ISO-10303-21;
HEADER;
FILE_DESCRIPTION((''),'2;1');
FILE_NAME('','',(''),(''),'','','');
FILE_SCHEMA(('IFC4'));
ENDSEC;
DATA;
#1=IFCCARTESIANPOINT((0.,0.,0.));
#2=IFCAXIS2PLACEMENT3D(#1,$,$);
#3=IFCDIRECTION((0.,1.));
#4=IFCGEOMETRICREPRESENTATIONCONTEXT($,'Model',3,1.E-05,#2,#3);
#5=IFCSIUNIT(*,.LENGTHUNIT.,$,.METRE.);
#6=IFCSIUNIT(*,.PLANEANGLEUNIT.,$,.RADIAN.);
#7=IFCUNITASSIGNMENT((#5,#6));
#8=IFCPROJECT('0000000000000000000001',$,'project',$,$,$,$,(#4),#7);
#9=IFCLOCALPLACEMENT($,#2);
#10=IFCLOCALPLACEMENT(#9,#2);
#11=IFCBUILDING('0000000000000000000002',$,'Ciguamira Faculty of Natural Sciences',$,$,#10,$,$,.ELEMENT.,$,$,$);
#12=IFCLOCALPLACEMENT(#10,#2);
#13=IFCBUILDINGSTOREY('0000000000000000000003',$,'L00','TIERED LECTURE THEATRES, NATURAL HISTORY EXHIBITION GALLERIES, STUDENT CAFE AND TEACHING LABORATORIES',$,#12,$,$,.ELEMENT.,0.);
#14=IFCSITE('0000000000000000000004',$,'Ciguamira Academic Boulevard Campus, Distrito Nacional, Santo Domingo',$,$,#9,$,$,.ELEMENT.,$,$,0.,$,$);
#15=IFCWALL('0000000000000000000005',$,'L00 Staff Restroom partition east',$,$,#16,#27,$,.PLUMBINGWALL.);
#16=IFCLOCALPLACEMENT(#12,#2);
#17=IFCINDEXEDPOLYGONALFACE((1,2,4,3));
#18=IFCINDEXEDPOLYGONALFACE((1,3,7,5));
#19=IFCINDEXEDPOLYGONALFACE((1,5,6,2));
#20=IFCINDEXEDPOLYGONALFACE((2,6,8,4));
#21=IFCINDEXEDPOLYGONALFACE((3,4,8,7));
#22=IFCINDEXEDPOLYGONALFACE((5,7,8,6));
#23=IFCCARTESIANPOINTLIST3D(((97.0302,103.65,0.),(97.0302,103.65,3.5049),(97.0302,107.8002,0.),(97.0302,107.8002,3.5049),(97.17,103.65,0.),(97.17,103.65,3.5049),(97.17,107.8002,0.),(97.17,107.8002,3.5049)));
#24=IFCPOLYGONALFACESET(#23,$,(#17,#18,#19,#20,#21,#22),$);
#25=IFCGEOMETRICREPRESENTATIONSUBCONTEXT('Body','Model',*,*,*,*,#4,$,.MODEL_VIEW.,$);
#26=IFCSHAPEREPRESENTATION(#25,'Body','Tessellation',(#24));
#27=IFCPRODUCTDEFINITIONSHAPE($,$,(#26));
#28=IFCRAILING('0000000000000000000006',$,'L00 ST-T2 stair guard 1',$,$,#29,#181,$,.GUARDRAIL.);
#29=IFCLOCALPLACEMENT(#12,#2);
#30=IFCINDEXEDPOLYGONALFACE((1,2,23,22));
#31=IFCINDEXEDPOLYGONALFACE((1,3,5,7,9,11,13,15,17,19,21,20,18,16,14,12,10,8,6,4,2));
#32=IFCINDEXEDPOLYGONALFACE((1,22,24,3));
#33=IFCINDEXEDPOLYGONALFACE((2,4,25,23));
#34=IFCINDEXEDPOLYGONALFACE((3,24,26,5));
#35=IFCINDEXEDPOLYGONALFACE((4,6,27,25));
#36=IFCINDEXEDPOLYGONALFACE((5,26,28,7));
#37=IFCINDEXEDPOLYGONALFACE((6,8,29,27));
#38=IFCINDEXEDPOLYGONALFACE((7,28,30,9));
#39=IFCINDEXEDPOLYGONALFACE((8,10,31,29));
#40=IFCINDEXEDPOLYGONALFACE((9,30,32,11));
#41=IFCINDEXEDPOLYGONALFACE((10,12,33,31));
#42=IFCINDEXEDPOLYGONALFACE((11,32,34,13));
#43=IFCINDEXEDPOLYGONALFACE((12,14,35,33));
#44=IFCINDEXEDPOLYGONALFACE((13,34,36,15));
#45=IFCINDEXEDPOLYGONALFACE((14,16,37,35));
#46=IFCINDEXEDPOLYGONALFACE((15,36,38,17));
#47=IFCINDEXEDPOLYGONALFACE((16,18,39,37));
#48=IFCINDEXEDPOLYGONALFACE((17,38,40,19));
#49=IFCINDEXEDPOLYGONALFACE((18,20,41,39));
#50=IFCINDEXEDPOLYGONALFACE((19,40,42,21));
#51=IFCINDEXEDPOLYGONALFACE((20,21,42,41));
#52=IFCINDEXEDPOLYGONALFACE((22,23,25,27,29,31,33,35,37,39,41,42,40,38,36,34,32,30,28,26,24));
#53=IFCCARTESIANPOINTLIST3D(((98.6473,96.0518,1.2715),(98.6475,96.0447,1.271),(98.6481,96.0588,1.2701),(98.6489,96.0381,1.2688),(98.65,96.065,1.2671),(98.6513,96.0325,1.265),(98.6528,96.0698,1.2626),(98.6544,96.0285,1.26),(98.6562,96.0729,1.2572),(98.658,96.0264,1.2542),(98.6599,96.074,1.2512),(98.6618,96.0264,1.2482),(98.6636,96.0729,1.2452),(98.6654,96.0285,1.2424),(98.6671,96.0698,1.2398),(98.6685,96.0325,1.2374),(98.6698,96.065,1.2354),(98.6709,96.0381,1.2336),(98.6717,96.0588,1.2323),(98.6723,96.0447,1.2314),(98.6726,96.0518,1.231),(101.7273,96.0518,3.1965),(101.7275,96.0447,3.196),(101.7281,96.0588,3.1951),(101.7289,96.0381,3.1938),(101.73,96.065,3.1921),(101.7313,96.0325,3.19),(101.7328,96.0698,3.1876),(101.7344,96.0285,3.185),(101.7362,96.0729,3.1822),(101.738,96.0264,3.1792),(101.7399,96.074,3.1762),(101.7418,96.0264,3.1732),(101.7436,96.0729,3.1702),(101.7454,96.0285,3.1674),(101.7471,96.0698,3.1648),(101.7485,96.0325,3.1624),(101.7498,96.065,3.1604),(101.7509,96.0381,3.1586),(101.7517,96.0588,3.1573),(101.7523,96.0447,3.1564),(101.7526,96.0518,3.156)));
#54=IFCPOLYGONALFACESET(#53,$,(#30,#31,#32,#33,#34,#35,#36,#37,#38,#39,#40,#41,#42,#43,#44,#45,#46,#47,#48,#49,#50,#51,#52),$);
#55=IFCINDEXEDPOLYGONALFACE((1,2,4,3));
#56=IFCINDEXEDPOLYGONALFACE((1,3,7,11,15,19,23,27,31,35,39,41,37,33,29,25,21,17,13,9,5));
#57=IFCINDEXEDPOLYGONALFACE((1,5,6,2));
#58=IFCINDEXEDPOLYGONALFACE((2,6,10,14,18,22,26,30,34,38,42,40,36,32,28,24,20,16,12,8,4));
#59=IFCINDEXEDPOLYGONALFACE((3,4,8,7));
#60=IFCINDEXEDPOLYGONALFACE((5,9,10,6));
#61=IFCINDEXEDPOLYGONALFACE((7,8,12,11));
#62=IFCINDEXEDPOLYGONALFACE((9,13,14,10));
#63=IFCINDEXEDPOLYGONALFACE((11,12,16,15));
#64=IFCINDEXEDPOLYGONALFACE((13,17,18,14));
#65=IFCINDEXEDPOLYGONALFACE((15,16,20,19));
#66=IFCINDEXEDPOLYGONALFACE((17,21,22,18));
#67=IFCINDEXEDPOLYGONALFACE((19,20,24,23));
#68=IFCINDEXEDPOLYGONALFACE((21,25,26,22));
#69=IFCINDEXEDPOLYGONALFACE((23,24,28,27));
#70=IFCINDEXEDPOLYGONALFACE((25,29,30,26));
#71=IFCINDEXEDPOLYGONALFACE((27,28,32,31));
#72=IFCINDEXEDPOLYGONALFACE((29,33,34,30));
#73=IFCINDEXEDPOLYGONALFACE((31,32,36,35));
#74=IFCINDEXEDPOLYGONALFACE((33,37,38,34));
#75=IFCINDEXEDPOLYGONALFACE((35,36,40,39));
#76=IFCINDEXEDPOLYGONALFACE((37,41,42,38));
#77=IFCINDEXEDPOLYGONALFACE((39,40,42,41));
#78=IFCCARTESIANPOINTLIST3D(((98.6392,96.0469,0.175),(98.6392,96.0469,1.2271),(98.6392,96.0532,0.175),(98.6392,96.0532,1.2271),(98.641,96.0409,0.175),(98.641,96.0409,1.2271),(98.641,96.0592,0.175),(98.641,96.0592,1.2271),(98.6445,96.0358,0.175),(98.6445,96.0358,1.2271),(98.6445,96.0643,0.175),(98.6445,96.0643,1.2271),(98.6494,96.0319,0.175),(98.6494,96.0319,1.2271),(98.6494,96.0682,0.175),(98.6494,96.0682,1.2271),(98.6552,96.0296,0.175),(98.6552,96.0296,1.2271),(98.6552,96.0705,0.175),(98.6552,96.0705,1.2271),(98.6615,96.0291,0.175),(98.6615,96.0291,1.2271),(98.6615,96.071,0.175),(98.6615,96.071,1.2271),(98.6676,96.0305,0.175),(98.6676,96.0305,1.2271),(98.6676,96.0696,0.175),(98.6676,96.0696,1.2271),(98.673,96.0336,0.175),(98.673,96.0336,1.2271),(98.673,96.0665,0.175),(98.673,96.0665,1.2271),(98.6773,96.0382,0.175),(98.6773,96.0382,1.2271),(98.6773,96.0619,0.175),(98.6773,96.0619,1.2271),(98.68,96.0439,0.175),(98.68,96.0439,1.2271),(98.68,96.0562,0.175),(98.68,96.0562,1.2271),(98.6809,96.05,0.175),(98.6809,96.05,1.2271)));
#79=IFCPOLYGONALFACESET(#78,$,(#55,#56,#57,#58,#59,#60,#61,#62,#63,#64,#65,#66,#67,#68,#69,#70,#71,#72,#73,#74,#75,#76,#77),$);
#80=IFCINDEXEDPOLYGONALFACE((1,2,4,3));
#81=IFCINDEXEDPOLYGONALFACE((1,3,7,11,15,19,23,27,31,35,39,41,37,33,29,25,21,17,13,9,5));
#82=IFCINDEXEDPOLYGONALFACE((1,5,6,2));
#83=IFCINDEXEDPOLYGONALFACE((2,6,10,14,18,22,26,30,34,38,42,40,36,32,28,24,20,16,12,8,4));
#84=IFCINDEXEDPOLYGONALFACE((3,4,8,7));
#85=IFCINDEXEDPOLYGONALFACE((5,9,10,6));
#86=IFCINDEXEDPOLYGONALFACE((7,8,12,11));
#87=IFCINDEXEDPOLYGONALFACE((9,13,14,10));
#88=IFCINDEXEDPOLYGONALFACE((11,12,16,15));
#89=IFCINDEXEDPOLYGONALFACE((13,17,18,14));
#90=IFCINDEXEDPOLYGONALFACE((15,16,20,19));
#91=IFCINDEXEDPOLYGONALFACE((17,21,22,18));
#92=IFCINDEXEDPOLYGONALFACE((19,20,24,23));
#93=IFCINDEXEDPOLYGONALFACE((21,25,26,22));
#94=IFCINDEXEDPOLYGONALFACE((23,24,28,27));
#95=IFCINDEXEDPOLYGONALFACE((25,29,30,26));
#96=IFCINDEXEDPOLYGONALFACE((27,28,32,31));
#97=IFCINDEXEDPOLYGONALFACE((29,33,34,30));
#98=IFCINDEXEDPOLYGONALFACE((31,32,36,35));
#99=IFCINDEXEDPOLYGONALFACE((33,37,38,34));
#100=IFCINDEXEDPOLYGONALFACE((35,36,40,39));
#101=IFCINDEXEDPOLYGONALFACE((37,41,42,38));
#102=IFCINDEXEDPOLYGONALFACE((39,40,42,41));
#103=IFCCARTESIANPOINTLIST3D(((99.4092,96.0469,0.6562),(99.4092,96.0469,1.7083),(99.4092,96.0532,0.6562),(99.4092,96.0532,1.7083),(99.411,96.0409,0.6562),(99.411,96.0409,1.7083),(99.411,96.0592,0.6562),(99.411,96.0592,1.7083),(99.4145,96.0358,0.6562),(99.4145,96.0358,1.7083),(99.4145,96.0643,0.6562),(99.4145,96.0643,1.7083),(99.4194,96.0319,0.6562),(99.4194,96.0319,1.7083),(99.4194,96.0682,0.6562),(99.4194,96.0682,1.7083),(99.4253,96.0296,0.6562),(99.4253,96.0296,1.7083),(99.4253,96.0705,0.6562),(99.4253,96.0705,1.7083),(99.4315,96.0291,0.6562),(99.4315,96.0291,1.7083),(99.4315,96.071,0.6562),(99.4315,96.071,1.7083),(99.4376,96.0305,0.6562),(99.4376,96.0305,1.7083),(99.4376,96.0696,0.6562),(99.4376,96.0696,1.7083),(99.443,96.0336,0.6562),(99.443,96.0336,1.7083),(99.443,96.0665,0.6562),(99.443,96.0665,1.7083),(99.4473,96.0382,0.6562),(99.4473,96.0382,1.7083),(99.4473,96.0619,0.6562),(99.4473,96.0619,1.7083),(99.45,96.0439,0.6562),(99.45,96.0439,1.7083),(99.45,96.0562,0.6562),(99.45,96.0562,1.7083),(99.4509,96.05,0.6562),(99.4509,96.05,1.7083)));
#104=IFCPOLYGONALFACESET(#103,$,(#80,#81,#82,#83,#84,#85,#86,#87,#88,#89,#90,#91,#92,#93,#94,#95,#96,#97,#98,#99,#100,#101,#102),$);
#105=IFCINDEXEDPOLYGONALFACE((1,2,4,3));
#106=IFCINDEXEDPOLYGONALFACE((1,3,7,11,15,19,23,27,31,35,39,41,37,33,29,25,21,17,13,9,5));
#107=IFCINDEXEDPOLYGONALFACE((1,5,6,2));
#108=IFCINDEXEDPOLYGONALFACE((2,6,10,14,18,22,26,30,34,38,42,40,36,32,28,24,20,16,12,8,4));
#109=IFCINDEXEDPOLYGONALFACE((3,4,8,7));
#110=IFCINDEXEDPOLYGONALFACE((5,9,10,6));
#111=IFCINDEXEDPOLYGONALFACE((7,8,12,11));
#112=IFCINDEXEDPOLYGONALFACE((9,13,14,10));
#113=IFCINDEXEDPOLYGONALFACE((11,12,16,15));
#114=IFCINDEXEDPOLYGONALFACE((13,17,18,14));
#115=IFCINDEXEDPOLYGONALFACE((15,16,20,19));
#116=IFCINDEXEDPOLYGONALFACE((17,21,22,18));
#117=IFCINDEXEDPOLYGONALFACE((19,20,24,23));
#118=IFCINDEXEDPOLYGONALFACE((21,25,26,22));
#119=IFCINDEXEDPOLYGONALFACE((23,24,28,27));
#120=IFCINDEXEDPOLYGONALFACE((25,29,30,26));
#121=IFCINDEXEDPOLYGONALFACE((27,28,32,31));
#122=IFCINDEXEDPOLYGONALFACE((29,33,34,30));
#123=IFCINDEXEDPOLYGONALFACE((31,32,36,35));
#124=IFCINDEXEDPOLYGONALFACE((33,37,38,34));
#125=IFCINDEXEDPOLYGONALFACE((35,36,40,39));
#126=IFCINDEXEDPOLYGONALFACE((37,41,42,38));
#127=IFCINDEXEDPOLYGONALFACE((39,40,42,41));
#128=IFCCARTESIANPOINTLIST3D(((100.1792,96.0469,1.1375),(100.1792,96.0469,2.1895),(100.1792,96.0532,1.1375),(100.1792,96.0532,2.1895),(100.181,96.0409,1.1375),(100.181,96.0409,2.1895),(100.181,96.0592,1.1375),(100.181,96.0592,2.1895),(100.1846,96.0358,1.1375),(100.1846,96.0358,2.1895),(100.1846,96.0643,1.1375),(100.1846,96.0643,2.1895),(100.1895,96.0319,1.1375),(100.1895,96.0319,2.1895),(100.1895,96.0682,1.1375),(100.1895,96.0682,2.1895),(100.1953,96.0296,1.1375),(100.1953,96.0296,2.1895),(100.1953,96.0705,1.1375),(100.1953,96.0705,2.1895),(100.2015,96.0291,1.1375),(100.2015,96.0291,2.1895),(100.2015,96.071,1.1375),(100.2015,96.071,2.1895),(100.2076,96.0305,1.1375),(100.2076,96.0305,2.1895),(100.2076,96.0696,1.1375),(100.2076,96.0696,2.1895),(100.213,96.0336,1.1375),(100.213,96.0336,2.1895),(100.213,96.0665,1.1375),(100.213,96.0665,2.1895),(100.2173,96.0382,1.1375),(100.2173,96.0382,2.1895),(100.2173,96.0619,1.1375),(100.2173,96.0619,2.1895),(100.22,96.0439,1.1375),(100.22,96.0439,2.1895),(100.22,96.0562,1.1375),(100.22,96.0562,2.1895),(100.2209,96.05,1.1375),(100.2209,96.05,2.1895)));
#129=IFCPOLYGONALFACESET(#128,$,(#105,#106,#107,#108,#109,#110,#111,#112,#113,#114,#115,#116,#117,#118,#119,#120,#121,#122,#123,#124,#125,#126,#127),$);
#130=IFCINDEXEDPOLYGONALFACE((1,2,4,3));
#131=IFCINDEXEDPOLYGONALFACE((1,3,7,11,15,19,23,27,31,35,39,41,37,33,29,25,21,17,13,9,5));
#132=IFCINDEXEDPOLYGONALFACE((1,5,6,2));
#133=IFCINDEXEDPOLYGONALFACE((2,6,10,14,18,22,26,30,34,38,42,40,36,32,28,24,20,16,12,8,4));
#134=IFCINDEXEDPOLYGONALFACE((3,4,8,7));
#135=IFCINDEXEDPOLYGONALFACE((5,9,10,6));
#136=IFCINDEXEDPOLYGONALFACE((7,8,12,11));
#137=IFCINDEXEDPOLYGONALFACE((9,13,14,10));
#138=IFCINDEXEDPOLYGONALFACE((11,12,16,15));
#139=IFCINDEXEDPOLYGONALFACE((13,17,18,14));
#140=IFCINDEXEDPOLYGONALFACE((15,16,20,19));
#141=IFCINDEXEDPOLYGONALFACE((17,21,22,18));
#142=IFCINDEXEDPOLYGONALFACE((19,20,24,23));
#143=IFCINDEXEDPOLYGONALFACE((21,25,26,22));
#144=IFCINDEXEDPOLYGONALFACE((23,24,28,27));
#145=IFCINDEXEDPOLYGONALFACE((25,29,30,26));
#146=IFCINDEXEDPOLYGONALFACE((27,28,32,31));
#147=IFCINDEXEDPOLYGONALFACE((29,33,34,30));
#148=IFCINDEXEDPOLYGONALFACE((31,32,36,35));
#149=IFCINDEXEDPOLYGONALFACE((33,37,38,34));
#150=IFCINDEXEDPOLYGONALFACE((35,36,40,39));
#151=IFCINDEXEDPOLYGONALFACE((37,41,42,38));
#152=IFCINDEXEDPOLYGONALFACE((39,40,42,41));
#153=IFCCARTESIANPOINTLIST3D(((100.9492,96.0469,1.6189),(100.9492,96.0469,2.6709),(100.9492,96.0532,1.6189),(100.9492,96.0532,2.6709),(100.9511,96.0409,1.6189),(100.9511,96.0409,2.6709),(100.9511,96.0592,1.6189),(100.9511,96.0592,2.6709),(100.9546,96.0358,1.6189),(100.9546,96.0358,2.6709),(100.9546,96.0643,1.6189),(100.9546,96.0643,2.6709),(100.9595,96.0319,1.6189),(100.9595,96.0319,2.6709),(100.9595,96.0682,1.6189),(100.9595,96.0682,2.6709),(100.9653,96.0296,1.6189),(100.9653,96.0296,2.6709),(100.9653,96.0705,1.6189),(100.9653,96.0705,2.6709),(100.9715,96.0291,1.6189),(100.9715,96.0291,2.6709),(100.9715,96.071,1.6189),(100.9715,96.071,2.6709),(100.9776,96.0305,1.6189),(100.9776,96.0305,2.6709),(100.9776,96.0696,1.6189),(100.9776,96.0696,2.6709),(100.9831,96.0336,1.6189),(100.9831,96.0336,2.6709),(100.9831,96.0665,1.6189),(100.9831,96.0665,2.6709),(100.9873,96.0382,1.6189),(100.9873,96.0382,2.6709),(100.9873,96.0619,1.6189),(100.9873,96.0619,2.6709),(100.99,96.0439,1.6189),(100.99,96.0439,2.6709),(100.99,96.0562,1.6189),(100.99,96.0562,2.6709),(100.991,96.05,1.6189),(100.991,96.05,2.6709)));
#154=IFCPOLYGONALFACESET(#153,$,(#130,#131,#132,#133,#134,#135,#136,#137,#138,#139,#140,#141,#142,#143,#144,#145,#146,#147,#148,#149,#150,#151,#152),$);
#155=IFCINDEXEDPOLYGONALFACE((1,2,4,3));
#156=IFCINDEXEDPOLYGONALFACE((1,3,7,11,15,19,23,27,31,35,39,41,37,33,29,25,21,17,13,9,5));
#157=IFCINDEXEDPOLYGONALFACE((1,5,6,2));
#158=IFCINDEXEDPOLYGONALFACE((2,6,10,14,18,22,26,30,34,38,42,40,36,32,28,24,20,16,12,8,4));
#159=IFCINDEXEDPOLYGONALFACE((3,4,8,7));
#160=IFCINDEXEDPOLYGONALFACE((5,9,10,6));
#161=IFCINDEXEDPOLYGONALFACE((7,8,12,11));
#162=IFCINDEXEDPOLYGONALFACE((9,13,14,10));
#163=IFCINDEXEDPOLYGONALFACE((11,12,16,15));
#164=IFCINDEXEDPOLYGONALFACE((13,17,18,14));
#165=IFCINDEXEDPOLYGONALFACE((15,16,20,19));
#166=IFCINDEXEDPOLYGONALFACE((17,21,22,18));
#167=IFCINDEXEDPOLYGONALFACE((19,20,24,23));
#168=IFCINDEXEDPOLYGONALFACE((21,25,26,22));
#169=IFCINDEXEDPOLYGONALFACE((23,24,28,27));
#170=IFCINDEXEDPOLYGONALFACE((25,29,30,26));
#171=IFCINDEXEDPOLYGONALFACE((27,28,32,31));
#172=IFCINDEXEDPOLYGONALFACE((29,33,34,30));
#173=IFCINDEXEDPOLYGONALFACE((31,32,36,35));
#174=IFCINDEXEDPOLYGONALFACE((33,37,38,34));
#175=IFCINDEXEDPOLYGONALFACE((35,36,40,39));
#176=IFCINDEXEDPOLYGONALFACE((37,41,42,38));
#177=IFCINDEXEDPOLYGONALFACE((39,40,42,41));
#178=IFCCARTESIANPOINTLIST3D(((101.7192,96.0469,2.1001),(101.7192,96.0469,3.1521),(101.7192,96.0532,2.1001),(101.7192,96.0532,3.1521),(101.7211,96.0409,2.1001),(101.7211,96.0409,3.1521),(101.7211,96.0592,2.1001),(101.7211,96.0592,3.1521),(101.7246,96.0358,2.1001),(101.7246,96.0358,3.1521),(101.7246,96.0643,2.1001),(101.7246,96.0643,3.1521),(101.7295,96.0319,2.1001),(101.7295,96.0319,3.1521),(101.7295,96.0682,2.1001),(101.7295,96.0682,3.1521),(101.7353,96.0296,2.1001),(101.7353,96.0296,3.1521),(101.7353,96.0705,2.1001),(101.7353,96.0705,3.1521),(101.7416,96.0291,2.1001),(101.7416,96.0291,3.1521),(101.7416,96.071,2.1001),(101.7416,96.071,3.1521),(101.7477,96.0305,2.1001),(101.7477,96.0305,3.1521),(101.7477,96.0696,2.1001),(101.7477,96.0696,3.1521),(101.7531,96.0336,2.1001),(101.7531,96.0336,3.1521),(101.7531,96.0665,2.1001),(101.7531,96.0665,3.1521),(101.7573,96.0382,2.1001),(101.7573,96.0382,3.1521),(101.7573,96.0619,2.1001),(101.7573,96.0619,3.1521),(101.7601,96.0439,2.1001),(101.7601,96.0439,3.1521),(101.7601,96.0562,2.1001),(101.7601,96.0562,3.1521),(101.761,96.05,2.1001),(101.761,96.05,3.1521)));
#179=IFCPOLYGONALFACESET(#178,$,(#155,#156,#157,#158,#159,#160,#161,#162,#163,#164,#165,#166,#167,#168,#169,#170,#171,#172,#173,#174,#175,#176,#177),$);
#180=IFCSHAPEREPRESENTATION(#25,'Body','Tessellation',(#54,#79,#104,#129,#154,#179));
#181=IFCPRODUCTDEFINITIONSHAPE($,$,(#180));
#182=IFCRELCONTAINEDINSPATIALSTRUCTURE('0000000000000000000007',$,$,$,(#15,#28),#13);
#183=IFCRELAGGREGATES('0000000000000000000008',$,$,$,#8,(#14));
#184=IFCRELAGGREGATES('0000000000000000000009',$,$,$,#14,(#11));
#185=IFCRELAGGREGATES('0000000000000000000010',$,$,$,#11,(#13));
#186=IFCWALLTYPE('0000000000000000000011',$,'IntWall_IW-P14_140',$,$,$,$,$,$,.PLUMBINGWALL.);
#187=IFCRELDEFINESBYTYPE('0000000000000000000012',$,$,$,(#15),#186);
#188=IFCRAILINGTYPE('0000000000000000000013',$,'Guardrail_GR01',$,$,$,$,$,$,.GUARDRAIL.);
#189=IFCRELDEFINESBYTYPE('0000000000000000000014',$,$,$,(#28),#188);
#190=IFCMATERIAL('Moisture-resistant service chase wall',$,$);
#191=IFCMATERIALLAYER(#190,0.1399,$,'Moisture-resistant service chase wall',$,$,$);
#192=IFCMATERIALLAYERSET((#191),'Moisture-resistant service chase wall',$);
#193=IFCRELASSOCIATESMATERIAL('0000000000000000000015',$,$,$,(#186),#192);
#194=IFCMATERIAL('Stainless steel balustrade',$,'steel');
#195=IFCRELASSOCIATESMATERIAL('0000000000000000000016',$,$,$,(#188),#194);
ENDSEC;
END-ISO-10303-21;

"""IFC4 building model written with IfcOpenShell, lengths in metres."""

from ifc_helpers import new_model, si_unit, direction, frame, frame_2d, origin, origin_2d, place, context, subcontext, project, spatial, rectangle, circle, extrude, material, layer, layer_set, type_object, element, save


model = new_model("IFC4")

# Units and contexts
model_context = context("Model", 3, precision=1e-05, world=origin(), true_north=direction((0.0, 1.0)))
body_context = subcontext(model_context, "Body", "Model", "MODEL_VIEW")
ifc_project = project(units=[si_unit("LENGTHUNIT", "METRE"), si_unit("PLANEANGLEUNIT", "RADIAN")], contexts=[model_context])

# Site, building, storey
site_placement = place(None, origin())
site = spatial("IfcSite", under=ifc_project, at=site_placement, Name="Ciguamira Academic Boulevard Campus, Distrito Nacional, Santo Domingo", CompositionType="ELEMENT", RefElevation=0.0)
building_placement = place(site_placement, origin())
building = spatial("IfcBuilding", under=site, at=building_placement, Name="Ciguamira Faculty of Natural Sciences", CompositionType="ELEMENT")
storey_placement = place(building_placement, origin())
storey = spatial("IfcBuildingStorey", under=building, at=storey_placement, Name="L00", Description="TIERED LECTURE THEATRES, NATURAL HISTORY EXHIBITION GALLERIES, STUDENT CAFE AND TEACHING LABORATORIES", CompositionType="ELEMENT", Elevation=0.0)

# Shared definitions
ifc_material_1 = material(Name="Moisture-resistant service chase wall")
ifc_layer_1 = layer(ifc_material_1, 0.1399, Name="Moisture-resistant service chase wall")
ifc_layer_set_1 = layer_set([ifc_layer_1], Name="Moisture-resistant service chase wall")
wall_type_1 = type_object("IfcWallType", Name="IntWall_IW-P14_140", PredefinedType="PLUMBINGWALL", material=ifc_layer_set_1)

# Wall
wall_1_placement = place(storey_placement, frame((97.1001, 103.6499, 0.0), z_axis=(0.0, 0.0, 1.0), x_axis=(0.0, 1.0, 0.0)))
element("IfcWall", 1, at=wall_1_placement, inside=storey, type_object=wall_type_1, Name="L00 Staff Restroom partition east", PredefinedType="PLUMBINGWALL", context=body_context, shape_type="SweptSolid", body=[
    extrude(rectangle(XDim=4.1501, YDim=0.1399, at=frame_2d((2.0752, 0.0))), origin(), (0.0, 0.0, 1.0), 3.5049),
])

# Railing
ifc_material_2 = material(Name="Stainless steel balustrade", Category="steel")
railing_type = type_object("IfcRailingType", Name="Guardrail_GR01", PredefinedType="GUARDRAIL", material=ifc_material_2)
railing_1_placement = place(storey_placement, frame((98.6599, 96.05, 0.175)))
element("IfcRailing", 2, at=railing_1_placement, inside=storey, type_object=railing_type, Name="L00 ST-T2 stair guard 1", PredefinedType="GUARDRAIL", context=body_context, shape_type="SweptSolid", body=[
    extrude(circle(Radius=0.0239, at=origin_2d()), frame((0.0, 0.0, 1.0762), z_axis=(0.847998, 0.0, 0.529999), x_axis=(0.0, 1.0, 0.0)), (0.0, 0.0, 1.0), 3.6321),
    extrude(circle(Radius=0.021, at=origin_2d()), origin(), (0.0, 0.0, 1.0), 1.052),
    extrude(circle(Radius=0.021, at=origin_2d()), frame((0.77, 0.0, 0.4812)), (0.0, 0.0, 1.0), 1.052),
    extrude(circle(Radius=0.021, at=origin_2d()), frame((1.54, 0.0, 0.9624)), (0.0, 0.0, 1.0), 1.052),
    extrude(circle(Radius=0.021, at=origin_2d()), frame((2.3101, 0.0, 1.4438)), (0.0, 0.0, 1.0), 1.052),
    extrude(circle(Radius=0.021, at=origin_2d()), frame((3.0801, 0.0, 1.925)), (0.0, 0.0, 1.0), 1.052),
])

save(model, "model.ifc")
